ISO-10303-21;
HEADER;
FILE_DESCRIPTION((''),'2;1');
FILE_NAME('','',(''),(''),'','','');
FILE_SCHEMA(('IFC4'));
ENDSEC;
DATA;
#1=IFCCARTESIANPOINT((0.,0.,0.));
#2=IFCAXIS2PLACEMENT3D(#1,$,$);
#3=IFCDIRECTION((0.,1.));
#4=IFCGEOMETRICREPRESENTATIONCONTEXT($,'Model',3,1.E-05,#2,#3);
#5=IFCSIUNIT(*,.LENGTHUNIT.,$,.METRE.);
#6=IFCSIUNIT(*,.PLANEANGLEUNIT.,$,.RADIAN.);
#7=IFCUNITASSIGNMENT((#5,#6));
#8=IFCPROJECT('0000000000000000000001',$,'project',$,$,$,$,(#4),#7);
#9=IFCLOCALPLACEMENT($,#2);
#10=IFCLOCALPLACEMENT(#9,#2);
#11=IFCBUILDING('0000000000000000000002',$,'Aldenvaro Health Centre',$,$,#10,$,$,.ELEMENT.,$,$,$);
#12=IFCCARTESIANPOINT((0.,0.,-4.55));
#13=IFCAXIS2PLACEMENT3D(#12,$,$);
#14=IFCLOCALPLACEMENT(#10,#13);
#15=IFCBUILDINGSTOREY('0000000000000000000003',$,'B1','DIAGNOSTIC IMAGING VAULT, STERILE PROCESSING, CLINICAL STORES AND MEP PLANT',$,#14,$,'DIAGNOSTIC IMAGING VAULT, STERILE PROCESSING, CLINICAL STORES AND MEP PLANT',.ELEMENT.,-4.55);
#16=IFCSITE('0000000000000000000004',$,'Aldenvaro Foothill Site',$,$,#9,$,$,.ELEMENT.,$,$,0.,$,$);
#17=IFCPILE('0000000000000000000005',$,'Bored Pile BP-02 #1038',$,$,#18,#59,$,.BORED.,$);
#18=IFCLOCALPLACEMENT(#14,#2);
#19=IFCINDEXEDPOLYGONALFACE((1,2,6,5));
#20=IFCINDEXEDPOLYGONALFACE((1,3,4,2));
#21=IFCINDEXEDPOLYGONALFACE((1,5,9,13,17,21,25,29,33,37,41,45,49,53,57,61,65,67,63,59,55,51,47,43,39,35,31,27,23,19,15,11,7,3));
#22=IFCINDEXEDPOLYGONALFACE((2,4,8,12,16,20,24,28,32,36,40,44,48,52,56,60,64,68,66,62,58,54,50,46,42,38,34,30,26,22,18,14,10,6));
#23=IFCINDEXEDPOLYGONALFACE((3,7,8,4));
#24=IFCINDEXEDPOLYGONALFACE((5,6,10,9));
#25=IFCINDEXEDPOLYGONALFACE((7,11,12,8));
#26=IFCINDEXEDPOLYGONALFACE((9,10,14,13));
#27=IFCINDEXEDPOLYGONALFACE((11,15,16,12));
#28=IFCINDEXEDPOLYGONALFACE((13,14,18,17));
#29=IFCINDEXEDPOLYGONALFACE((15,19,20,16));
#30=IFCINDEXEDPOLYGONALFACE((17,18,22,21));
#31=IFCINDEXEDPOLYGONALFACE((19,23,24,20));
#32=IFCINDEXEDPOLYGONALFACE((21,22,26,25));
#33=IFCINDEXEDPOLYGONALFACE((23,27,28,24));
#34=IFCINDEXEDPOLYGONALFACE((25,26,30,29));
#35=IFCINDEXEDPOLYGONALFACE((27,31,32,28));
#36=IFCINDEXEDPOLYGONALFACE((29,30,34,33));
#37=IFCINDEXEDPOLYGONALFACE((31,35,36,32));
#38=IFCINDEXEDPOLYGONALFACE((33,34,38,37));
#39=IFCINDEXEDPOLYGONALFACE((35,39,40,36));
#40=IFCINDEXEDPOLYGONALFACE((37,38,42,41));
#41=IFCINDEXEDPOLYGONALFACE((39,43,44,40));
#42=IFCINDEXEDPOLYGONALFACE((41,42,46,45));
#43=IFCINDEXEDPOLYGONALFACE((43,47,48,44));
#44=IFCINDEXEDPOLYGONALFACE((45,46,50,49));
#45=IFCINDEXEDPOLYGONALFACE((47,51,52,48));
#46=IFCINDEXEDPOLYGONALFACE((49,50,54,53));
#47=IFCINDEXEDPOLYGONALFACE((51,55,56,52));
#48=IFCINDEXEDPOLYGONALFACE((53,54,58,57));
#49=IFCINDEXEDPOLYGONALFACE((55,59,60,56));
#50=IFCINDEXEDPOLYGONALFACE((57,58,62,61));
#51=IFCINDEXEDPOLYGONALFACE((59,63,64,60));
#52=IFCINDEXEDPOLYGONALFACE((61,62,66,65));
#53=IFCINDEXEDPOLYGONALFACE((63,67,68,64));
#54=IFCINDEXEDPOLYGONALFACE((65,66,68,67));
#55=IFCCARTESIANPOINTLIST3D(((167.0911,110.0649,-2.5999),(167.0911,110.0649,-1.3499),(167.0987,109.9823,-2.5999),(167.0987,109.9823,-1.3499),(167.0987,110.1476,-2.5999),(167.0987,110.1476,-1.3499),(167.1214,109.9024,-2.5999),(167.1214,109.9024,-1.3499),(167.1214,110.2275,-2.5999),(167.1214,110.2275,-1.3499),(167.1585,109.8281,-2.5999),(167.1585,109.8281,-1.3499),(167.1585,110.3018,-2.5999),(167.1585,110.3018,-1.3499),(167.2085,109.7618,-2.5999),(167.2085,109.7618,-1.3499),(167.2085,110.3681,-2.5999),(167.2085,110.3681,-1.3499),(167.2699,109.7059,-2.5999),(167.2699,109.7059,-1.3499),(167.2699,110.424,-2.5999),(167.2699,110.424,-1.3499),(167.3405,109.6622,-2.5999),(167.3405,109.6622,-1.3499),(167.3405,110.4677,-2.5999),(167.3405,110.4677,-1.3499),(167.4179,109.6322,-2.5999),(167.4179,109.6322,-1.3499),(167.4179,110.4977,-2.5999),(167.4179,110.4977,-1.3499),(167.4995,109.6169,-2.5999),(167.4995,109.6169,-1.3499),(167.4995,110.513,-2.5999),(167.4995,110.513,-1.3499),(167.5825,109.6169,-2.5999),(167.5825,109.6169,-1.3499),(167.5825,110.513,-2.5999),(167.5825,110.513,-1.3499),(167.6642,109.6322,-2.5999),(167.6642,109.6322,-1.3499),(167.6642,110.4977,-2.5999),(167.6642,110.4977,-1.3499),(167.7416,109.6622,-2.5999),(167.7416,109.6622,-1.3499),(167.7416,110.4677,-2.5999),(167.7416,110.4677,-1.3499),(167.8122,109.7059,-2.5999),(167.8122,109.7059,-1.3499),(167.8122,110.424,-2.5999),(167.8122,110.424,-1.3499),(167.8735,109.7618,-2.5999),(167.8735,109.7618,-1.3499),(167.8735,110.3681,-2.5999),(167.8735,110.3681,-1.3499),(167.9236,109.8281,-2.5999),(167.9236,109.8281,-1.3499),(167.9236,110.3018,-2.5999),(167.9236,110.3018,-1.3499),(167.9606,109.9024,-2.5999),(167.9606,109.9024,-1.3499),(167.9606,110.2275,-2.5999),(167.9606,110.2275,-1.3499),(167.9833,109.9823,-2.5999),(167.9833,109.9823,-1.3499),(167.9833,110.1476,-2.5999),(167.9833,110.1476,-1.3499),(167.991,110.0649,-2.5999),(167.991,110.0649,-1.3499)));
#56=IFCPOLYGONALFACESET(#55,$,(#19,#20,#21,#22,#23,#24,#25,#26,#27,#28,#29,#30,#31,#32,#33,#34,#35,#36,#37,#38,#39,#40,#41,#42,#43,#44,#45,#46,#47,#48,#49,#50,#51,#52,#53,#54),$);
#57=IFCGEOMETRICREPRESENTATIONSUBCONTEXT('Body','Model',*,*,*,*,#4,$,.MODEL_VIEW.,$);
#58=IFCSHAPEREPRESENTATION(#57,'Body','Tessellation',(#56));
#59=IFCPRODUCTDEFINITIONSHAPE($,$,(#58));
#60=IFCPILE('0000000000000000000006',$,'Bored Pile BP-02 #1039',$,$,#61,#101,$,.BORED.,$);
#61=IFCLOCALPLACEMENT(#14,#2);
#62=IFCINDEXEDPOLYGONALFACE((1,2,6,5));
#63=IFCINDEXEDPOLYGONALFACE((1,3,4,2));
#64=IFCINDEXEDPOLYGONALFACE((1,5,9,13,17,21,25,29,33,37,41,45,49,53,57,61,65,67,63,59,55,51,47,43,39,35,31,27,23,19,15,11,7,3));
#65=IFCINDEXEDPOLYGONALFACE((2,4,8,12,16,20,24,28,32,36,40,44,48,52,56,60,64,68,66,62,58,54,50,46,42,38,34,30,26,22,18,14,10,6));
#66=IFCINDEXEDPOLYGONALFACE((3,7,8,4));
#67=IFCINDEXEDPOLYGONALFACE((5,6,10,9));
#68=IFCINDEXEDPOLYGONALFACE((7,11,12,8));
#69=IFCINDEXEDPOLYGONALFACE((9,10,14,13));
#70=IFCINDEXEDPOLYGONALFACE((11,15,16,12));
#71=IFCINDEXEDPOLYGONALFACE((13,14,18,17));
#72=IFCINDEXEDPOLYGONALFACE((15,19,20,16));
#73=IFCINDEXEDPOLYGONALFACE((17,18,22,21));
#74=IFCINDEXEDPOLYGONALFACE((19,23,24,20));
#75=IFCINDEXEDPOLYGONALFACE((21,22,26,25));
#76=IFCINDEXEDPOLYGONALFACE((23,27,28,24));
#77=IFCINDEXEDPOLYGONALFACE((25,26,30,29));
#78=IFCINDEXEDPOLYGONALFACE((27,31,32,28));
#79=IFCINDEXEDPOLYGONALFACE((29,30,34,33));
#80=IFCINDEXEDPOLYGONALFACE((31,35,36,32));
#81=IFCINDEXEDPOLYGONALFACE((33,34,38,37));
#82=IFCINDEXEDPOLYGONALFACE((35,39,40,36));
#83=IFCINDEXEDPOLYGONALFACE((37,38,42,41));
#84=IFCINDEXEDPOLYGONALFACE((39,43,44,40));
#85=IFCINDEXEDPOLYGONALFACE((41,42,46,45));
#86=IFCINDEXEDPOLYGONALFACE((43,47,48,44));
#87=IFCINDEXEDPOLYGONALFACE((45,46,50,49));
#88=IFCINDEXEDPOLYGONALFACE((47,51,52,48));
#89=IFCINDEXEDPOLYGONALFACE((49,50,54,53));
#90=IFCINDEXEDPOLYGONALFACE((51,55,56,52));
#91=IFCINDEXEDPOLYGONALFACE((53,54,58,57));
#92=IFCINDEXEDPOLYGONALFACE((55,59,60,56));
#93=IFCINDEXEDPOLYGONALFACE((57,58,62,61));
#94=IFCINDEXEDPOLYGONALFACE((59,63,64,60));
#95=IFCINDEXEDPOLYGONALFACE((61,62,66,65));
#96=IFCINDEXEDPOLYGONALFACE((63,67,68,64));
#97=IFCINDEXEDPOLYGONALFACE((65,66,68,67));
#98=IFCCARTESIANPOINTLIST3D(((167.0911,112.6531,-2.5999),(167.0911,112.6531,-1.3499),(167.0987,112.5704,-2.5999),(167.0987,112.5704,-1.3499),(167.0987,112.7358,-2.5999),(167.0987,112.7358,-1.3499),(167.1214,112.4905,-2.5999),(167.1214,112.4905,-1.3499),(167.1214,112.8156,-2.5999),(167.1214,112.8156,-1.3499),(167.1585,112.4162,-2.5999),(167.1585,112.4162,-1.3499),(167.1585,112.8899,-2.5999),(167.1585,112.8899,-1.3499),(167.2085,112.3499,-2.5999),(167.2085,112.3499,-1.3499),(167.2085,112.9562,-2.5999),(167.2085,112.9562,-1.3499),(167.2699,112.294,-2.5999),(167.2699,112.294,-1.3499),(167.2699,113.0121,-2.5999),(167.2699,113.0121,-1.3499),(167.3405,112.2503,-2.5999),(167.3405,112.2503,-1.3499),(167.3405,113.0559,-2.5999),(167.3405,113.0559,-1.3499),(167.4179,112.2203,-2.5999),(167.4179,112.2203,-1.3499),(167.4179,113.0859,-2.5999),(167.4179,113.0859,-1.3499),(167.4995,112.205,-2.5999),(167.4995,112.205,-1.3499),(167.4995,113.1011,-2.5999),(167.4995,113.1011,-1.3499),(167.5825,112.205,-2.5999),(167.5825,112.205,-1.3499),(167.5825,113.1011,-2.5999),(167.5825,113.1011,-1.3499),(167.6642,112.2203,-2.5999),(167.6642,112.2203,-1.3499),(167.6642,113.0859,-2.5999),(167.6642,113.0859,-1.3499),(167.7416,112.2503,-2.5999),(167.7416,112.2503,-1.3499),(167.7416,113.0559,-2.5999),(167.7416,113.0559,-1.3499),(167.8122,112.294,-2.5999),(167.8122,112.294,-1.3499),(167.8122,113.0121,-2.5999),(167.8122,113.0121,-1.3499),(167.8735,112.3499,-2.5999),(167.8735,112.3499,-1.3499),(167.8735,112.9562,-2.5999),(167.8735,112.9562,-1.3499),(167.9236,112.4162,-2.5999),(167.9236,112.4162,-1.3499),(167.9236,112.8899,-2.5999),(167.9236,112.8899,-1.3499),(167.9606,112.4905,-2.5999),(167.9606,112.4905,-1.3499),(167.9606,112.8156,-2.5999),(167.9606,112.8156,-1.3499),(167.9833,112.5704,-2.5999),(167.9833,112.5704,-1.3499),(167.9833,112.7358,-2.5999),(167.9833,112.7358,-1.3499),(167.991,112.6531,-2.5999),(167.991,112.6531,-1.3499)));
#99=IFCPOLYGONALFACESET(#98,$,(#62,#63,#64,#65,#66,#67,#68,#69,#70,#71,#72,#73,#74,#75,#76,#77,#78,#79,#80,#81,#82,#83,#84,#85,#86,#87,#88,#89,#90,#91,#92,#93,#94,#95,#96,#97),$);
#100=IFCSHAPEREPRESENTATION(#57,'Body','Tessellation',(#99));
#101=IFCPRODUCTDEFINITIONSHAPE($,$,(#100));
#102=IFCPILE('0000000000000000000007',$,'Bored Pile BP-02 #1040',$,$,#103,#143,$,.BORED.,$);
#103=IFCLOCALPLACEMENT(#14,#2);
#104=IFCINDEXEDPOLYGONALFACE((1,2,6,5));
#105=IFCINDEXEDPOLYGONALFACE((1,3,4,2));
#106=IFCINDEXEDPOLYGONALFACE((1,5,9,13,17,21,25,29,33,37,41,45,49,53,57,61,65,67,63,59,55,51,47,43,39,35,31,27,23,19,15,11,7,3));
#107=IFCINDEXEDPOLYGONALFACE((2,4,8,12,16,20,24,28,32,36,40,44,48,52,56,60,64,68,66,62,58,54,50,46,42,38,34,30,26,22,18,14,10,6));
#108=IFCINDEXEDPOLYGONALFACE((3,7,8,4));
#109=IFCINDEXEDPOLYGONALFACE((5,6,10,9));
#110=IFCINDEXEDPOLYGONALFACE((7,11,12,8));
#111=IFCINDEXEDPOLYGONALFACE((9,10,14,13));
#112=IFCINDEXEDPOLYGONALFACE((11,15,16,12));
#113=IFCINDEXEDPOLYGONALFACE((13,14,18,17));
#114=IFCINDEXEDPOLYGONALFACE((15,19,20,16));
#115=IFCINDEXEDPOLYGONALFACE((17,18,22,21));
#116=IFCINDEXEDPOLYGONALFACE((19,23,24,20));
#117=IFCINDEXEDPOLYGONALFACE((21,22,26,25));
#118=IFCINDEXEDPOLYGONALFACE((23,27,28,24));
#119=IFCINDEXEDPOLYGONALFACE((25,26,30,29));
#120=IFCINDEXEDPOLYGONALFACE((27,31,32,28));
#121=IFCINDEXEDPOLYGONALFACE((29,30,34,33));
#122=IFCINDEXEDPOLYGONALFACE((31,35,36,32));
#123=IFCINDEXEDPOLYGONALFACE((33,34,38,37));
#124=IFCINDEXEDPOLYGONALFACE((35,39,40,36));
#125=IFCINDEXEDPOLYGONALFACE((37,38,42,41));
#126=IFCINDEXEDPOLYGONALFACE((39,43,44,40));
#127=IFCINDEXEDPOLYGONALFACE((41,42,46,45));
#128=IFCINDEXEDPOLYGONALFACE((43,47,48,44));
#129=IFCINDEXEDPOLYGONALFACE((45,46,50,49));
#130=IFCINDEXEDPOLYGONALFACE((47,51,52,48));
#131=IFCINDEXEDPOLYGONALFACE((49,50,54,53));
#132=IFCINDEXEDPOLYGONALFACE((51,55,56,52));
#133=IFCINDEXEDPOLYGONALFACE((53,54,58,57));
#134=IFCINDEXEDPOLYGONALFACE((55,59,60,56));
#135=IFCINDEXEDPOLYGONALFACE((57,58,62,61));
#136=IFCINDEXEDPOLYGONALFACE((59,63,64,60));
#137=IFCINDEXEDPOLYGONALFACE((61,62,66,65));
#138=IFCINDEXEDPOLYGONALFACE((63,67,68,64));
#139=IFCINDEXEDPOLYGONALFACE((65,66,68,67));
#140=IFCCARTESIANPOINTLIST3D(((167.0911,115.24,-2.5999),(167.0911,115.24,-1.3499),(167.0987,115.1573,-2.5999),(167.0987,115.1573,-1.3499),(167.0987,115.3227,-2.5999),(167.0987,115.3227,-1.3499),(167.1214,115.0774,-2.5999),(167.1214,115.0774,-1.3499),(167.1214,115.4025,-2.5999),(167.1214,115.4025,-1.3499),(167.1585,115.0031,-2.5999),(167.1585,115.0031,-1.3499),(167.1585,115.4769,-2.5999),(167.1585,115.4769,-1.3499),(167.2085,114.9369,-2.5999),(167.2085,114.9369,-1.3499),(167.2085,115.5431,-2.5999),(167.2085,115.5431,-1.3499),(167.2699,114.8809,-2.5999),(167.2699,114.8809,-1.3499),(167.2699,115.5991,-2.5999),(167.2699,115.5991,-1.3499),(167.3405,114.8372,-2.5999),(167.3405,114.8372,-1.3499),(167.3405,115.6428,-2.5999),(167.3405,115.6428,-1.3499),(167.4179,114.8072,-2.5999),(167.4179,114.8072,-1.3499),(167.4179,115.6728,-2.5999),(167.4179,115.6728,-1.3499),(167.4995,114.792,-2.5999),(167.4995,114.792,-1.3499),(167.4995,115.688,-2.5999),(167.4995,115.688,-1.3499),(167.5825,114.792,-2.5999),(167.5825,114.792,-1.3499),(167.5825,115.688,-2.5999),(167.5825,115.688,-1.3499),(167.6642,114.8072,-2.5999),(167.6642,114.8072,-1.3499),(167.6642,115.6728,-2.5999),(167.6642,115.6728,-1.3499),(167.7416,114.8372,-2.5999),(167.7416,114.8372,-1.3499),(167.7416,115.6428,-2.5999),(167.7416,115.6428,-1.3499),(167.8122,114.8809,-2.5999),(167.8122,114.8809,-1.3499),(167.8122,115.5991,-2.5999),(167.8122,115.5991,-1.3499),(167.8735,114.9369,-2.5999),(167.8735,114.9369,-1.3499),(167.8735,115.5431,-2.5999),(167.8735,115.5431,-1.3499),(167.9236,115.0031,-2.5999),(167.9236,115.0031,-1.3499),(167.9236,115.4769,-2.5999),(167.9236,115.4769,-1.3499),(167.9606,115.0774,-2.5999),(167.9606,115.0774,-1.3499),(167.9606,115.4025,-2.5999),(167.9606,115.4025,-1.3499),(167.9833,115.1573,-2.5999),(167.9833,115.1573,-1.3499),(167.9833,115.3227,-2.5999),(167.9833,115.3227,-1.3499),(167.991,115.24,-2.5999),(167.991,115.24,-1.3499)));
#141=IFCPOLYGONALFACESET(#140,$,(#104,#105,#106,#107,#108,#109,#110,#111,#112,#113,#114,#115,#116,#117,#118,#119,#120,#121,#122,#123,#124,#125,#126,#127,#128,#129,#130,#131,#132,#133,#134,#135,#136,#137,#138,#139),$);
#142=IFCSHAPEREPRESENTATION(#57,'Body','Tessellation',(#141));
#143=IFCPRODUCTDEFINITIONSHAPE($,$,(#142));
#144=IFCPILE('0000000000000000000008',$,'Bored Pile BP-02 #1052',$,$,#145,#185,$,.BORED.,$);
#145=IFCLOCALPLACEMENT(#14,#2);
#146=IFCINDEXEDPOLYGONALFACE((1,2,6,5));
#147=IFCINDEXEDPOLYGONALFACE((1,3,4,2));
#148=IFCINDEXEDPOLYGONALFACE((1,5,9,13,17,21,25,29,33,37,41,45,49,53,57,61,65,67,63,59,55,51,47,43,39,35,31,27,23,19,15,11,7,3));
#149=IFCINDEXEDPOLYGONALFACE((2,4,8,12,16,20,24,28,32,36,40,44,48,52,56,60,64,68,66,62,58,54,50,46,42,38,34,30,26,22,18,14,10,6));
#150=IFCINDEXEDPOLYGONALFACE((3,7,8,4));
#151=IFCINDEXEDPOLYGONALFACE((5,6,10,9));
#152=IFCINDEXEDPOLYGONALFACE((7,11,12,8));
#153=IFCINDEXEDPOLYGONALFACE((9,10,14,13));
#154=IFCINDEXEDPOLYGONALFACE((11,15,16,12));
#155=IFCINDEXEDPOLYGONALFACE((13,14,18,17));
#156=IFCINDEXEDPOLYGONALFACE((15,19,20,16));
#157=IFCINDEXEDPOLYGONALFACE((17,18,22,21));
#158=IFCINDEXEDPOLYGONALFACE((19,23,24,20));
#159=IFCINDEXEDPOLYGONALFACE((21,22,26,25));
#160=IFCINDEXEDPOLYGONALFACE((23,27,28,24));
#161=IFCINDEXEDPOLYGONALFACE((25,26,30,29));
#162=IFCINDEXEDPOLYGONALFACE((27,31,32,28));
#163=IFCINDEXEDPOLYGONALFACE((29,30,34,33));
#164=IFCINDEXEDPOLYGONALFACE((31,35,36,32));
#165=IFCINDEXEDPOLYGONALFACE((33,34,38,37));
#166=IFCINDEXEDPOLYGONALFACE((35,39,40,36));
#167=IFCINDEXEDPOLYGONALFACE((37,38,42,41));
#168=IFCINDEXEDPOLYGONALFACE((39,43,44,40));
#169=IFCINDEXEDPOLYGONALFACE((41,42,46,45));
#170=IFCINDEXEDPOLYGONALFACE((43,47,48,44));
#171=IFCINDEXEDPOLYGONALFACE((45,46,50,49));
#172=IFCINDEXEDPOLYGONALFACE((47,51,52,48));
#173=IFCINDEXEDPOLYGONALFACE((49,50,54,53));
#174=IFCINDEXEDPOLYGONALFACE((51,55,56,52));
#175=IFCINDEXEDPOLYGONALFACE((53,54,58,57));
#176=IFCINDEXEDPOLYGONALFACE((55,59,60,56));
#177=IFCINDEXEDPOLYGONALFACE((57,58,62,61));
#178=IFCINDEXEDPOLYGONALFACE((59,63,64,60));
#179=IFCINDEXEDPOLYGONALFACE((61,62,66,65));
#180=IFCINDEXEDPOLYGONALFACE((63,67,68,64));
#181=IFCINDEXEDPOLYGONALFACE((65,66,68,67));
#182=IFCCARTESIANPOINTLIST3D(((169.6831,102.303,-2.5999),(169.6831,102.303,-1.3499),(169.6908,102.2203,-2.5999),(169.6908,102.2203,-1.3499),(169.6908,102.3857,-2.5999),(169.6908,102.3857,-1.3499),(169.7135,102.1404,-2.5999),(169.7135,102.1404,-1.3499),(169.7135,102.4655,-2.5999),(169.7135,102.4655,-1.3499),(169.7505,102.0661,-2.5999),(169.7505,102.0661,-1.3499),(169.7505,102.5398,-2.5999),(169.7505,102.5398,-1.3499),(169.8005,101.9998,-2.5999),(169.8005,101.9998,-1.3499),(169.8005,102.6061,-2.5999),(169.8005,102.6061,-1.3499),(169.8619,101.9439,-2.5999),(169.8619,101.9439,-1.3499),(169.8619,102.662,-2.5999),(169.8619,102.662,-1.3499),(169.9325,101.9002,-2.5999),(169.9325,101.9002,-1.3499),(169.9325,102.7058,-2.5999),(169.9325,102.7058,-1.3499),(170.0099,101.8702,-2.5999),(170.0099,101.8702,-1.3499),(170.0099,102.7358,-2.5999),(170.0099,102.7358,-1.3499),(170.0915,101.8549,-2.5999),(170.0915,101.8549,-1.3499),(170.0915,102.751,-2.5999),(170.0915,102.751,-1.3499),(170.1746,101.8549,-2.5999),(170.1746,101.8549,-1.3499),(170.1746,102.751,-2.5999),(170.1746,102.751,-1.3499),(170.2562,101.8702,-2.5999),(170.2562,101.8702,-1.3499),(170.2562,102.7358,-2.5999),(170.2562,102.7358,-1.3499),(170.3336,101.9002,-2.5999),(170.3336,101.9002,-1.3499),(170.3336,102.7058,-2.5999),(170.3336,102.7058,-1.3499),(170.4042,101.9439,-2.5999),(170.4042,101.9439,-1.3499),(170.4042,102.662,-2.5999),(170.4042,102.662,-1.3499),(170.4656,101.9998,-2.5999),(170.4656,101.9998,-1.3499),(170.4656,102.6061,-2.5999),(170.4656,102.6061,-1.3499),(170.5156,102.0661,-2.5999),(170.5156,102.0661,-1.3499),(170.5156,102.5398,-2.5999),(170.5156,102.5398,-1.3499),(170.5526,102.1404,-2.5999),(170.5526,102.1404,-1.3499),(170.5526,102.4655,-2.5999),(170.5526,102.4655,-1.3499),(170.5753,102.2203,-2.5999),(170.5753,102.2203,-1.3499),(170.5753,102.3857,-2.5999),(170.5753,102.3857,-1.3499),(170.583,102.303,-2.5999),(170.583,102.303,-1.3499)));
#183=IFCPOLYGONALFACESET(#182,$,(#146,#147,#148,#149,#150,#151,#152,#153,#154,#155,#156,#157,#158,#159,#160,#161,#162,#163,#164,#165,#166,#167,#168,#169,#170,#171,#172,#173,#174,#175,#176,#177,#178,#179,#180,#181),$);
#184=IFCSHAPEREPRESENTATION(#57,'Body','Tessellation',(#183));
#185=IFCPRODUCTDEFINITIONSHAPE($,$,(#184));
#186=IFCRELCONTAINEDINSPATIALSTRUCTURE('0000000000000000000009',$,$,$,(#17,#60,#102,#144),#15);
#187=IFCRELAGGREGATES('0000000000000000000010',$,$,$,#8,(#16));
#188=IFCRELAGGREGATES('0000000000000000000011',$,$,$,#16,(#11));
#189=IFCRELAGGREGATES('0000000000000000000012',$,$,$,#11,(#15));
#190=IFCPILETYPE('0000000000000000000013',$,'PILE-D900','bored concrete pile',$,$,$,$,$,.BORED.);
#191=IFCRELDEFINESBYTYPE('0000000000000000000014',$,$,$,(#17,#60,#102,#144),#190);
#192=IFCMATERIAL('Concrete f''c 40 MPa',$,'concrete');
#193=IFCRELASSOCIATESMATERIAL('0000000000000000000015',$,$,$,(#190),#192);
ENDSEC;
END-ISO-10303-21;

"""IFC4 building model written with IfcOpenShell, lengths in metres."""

from ifc_helpers import new_model, si_unit, direction, frame, origin, origin_2d, place, context, subcontext, project, spatial, circle, extrude, material, material_profile, profile_set, type_object, element, save


model = new_model("IFC4")

# Units and contexts
model_context = context("Model", 3, precision=1e-05, world=origin(), true_north=direction((0.0, 1.0)))
body_context = subcontext(model_context, "Body", "Model", "MODEL_VIEW")
ifc_project = project(units=[si_unit("LENGTHUNIT", "METRE"), si_unit("PLANEANGLEUNIT", "RADIAN")], contexts=[model_context])

# Site, building, storey
site_placement = place(None, origin())
site = spatial("IfcSite", under=ifc_project, at=site_placement, Name="Aldenvaro Foothill Site", CompositionType="ELEMENT", RefElevation=0.0)
building_placement = place(site_placement, origin())
building = spatial("IfcBuilding", under=site, at=building_placement, Name="Aldenvaro Health Centre", CompositionType="ELEMENT")
storey_placement = place(building_placement, frame((0.0, 0.0, -4.55)))
storey = spatial("IfcBuildingStorey", under=building, at=storey_placement, Name="B1", Description="DIAGNOSTIC IMAGING VAULT, STERILE PROCESSING, CLINICAL STORES AND MEP PLANT", LongName="DIAGNOSTIC IMAGING VAULT, STERILE PROCESSING, CLINICAL STORES AND MEP PLANT", CompositionType="ELEMENT", Elevation=-4.55)

# Piles
ifc_material_1 = material(Name="Concrete f'c 40 MPa", Category="concrete")
ifc_material_profile_1 = material_profile(ifc_material_1, circle(Radius=0.45, at=origin_2d()), Name="PILE D900", Category="concrete")
ifc_profile_set_1 = profile_set([ifc_material_profile_1], Name="Concrete f'c 40 MPa")
pile_type = type_object("IfcPileType", Name="PILE-D900", Description="bored concrete pile", PredefinedType="BORED", material=ifc_profile_set_1)
for number, where, z_axis, x_axis, name in (
    (1, (167.541, 110.0649, -1.3499), (0.0, 0.0, -1.0), (1.0, 0.0, 0.0), "Bored Pile BP-02 #1038"),
    (2, (167.541, 112.6531, -1.3499), (0.0, 0.0, -1.0), (1.0, 0.0, 0.0), "Bored Pile BP-02 #1039"),
    (3, (167.541, 115.24, -1.3499), (0.0, 0.0, -1.0), (1.0, 0.0, 0.0), "Bored Pile BP-02 #1040"),
    (4, (170.1331, 102.303, -1.3499), (0.0, 0.0, -1.0), (1.0, 0.0, 0.0), "Bored Pile BP-02 #1052"),
):
    element("IfcPile", number, at=place(storey_placement, frame(where, z_axis=z_axis, x_axis=x_axis)), inside=storey, type_object=pile_type, Name=name, PredefinedType="BORED", context=body_context, shape_type="SweptSolid", body=[
        extrude(circle(Radius=0.45, at=origin_2d()), origin(), (0.0, 0.0, 1.0), 1.25),
    ])

save(model, "model.ifc")
